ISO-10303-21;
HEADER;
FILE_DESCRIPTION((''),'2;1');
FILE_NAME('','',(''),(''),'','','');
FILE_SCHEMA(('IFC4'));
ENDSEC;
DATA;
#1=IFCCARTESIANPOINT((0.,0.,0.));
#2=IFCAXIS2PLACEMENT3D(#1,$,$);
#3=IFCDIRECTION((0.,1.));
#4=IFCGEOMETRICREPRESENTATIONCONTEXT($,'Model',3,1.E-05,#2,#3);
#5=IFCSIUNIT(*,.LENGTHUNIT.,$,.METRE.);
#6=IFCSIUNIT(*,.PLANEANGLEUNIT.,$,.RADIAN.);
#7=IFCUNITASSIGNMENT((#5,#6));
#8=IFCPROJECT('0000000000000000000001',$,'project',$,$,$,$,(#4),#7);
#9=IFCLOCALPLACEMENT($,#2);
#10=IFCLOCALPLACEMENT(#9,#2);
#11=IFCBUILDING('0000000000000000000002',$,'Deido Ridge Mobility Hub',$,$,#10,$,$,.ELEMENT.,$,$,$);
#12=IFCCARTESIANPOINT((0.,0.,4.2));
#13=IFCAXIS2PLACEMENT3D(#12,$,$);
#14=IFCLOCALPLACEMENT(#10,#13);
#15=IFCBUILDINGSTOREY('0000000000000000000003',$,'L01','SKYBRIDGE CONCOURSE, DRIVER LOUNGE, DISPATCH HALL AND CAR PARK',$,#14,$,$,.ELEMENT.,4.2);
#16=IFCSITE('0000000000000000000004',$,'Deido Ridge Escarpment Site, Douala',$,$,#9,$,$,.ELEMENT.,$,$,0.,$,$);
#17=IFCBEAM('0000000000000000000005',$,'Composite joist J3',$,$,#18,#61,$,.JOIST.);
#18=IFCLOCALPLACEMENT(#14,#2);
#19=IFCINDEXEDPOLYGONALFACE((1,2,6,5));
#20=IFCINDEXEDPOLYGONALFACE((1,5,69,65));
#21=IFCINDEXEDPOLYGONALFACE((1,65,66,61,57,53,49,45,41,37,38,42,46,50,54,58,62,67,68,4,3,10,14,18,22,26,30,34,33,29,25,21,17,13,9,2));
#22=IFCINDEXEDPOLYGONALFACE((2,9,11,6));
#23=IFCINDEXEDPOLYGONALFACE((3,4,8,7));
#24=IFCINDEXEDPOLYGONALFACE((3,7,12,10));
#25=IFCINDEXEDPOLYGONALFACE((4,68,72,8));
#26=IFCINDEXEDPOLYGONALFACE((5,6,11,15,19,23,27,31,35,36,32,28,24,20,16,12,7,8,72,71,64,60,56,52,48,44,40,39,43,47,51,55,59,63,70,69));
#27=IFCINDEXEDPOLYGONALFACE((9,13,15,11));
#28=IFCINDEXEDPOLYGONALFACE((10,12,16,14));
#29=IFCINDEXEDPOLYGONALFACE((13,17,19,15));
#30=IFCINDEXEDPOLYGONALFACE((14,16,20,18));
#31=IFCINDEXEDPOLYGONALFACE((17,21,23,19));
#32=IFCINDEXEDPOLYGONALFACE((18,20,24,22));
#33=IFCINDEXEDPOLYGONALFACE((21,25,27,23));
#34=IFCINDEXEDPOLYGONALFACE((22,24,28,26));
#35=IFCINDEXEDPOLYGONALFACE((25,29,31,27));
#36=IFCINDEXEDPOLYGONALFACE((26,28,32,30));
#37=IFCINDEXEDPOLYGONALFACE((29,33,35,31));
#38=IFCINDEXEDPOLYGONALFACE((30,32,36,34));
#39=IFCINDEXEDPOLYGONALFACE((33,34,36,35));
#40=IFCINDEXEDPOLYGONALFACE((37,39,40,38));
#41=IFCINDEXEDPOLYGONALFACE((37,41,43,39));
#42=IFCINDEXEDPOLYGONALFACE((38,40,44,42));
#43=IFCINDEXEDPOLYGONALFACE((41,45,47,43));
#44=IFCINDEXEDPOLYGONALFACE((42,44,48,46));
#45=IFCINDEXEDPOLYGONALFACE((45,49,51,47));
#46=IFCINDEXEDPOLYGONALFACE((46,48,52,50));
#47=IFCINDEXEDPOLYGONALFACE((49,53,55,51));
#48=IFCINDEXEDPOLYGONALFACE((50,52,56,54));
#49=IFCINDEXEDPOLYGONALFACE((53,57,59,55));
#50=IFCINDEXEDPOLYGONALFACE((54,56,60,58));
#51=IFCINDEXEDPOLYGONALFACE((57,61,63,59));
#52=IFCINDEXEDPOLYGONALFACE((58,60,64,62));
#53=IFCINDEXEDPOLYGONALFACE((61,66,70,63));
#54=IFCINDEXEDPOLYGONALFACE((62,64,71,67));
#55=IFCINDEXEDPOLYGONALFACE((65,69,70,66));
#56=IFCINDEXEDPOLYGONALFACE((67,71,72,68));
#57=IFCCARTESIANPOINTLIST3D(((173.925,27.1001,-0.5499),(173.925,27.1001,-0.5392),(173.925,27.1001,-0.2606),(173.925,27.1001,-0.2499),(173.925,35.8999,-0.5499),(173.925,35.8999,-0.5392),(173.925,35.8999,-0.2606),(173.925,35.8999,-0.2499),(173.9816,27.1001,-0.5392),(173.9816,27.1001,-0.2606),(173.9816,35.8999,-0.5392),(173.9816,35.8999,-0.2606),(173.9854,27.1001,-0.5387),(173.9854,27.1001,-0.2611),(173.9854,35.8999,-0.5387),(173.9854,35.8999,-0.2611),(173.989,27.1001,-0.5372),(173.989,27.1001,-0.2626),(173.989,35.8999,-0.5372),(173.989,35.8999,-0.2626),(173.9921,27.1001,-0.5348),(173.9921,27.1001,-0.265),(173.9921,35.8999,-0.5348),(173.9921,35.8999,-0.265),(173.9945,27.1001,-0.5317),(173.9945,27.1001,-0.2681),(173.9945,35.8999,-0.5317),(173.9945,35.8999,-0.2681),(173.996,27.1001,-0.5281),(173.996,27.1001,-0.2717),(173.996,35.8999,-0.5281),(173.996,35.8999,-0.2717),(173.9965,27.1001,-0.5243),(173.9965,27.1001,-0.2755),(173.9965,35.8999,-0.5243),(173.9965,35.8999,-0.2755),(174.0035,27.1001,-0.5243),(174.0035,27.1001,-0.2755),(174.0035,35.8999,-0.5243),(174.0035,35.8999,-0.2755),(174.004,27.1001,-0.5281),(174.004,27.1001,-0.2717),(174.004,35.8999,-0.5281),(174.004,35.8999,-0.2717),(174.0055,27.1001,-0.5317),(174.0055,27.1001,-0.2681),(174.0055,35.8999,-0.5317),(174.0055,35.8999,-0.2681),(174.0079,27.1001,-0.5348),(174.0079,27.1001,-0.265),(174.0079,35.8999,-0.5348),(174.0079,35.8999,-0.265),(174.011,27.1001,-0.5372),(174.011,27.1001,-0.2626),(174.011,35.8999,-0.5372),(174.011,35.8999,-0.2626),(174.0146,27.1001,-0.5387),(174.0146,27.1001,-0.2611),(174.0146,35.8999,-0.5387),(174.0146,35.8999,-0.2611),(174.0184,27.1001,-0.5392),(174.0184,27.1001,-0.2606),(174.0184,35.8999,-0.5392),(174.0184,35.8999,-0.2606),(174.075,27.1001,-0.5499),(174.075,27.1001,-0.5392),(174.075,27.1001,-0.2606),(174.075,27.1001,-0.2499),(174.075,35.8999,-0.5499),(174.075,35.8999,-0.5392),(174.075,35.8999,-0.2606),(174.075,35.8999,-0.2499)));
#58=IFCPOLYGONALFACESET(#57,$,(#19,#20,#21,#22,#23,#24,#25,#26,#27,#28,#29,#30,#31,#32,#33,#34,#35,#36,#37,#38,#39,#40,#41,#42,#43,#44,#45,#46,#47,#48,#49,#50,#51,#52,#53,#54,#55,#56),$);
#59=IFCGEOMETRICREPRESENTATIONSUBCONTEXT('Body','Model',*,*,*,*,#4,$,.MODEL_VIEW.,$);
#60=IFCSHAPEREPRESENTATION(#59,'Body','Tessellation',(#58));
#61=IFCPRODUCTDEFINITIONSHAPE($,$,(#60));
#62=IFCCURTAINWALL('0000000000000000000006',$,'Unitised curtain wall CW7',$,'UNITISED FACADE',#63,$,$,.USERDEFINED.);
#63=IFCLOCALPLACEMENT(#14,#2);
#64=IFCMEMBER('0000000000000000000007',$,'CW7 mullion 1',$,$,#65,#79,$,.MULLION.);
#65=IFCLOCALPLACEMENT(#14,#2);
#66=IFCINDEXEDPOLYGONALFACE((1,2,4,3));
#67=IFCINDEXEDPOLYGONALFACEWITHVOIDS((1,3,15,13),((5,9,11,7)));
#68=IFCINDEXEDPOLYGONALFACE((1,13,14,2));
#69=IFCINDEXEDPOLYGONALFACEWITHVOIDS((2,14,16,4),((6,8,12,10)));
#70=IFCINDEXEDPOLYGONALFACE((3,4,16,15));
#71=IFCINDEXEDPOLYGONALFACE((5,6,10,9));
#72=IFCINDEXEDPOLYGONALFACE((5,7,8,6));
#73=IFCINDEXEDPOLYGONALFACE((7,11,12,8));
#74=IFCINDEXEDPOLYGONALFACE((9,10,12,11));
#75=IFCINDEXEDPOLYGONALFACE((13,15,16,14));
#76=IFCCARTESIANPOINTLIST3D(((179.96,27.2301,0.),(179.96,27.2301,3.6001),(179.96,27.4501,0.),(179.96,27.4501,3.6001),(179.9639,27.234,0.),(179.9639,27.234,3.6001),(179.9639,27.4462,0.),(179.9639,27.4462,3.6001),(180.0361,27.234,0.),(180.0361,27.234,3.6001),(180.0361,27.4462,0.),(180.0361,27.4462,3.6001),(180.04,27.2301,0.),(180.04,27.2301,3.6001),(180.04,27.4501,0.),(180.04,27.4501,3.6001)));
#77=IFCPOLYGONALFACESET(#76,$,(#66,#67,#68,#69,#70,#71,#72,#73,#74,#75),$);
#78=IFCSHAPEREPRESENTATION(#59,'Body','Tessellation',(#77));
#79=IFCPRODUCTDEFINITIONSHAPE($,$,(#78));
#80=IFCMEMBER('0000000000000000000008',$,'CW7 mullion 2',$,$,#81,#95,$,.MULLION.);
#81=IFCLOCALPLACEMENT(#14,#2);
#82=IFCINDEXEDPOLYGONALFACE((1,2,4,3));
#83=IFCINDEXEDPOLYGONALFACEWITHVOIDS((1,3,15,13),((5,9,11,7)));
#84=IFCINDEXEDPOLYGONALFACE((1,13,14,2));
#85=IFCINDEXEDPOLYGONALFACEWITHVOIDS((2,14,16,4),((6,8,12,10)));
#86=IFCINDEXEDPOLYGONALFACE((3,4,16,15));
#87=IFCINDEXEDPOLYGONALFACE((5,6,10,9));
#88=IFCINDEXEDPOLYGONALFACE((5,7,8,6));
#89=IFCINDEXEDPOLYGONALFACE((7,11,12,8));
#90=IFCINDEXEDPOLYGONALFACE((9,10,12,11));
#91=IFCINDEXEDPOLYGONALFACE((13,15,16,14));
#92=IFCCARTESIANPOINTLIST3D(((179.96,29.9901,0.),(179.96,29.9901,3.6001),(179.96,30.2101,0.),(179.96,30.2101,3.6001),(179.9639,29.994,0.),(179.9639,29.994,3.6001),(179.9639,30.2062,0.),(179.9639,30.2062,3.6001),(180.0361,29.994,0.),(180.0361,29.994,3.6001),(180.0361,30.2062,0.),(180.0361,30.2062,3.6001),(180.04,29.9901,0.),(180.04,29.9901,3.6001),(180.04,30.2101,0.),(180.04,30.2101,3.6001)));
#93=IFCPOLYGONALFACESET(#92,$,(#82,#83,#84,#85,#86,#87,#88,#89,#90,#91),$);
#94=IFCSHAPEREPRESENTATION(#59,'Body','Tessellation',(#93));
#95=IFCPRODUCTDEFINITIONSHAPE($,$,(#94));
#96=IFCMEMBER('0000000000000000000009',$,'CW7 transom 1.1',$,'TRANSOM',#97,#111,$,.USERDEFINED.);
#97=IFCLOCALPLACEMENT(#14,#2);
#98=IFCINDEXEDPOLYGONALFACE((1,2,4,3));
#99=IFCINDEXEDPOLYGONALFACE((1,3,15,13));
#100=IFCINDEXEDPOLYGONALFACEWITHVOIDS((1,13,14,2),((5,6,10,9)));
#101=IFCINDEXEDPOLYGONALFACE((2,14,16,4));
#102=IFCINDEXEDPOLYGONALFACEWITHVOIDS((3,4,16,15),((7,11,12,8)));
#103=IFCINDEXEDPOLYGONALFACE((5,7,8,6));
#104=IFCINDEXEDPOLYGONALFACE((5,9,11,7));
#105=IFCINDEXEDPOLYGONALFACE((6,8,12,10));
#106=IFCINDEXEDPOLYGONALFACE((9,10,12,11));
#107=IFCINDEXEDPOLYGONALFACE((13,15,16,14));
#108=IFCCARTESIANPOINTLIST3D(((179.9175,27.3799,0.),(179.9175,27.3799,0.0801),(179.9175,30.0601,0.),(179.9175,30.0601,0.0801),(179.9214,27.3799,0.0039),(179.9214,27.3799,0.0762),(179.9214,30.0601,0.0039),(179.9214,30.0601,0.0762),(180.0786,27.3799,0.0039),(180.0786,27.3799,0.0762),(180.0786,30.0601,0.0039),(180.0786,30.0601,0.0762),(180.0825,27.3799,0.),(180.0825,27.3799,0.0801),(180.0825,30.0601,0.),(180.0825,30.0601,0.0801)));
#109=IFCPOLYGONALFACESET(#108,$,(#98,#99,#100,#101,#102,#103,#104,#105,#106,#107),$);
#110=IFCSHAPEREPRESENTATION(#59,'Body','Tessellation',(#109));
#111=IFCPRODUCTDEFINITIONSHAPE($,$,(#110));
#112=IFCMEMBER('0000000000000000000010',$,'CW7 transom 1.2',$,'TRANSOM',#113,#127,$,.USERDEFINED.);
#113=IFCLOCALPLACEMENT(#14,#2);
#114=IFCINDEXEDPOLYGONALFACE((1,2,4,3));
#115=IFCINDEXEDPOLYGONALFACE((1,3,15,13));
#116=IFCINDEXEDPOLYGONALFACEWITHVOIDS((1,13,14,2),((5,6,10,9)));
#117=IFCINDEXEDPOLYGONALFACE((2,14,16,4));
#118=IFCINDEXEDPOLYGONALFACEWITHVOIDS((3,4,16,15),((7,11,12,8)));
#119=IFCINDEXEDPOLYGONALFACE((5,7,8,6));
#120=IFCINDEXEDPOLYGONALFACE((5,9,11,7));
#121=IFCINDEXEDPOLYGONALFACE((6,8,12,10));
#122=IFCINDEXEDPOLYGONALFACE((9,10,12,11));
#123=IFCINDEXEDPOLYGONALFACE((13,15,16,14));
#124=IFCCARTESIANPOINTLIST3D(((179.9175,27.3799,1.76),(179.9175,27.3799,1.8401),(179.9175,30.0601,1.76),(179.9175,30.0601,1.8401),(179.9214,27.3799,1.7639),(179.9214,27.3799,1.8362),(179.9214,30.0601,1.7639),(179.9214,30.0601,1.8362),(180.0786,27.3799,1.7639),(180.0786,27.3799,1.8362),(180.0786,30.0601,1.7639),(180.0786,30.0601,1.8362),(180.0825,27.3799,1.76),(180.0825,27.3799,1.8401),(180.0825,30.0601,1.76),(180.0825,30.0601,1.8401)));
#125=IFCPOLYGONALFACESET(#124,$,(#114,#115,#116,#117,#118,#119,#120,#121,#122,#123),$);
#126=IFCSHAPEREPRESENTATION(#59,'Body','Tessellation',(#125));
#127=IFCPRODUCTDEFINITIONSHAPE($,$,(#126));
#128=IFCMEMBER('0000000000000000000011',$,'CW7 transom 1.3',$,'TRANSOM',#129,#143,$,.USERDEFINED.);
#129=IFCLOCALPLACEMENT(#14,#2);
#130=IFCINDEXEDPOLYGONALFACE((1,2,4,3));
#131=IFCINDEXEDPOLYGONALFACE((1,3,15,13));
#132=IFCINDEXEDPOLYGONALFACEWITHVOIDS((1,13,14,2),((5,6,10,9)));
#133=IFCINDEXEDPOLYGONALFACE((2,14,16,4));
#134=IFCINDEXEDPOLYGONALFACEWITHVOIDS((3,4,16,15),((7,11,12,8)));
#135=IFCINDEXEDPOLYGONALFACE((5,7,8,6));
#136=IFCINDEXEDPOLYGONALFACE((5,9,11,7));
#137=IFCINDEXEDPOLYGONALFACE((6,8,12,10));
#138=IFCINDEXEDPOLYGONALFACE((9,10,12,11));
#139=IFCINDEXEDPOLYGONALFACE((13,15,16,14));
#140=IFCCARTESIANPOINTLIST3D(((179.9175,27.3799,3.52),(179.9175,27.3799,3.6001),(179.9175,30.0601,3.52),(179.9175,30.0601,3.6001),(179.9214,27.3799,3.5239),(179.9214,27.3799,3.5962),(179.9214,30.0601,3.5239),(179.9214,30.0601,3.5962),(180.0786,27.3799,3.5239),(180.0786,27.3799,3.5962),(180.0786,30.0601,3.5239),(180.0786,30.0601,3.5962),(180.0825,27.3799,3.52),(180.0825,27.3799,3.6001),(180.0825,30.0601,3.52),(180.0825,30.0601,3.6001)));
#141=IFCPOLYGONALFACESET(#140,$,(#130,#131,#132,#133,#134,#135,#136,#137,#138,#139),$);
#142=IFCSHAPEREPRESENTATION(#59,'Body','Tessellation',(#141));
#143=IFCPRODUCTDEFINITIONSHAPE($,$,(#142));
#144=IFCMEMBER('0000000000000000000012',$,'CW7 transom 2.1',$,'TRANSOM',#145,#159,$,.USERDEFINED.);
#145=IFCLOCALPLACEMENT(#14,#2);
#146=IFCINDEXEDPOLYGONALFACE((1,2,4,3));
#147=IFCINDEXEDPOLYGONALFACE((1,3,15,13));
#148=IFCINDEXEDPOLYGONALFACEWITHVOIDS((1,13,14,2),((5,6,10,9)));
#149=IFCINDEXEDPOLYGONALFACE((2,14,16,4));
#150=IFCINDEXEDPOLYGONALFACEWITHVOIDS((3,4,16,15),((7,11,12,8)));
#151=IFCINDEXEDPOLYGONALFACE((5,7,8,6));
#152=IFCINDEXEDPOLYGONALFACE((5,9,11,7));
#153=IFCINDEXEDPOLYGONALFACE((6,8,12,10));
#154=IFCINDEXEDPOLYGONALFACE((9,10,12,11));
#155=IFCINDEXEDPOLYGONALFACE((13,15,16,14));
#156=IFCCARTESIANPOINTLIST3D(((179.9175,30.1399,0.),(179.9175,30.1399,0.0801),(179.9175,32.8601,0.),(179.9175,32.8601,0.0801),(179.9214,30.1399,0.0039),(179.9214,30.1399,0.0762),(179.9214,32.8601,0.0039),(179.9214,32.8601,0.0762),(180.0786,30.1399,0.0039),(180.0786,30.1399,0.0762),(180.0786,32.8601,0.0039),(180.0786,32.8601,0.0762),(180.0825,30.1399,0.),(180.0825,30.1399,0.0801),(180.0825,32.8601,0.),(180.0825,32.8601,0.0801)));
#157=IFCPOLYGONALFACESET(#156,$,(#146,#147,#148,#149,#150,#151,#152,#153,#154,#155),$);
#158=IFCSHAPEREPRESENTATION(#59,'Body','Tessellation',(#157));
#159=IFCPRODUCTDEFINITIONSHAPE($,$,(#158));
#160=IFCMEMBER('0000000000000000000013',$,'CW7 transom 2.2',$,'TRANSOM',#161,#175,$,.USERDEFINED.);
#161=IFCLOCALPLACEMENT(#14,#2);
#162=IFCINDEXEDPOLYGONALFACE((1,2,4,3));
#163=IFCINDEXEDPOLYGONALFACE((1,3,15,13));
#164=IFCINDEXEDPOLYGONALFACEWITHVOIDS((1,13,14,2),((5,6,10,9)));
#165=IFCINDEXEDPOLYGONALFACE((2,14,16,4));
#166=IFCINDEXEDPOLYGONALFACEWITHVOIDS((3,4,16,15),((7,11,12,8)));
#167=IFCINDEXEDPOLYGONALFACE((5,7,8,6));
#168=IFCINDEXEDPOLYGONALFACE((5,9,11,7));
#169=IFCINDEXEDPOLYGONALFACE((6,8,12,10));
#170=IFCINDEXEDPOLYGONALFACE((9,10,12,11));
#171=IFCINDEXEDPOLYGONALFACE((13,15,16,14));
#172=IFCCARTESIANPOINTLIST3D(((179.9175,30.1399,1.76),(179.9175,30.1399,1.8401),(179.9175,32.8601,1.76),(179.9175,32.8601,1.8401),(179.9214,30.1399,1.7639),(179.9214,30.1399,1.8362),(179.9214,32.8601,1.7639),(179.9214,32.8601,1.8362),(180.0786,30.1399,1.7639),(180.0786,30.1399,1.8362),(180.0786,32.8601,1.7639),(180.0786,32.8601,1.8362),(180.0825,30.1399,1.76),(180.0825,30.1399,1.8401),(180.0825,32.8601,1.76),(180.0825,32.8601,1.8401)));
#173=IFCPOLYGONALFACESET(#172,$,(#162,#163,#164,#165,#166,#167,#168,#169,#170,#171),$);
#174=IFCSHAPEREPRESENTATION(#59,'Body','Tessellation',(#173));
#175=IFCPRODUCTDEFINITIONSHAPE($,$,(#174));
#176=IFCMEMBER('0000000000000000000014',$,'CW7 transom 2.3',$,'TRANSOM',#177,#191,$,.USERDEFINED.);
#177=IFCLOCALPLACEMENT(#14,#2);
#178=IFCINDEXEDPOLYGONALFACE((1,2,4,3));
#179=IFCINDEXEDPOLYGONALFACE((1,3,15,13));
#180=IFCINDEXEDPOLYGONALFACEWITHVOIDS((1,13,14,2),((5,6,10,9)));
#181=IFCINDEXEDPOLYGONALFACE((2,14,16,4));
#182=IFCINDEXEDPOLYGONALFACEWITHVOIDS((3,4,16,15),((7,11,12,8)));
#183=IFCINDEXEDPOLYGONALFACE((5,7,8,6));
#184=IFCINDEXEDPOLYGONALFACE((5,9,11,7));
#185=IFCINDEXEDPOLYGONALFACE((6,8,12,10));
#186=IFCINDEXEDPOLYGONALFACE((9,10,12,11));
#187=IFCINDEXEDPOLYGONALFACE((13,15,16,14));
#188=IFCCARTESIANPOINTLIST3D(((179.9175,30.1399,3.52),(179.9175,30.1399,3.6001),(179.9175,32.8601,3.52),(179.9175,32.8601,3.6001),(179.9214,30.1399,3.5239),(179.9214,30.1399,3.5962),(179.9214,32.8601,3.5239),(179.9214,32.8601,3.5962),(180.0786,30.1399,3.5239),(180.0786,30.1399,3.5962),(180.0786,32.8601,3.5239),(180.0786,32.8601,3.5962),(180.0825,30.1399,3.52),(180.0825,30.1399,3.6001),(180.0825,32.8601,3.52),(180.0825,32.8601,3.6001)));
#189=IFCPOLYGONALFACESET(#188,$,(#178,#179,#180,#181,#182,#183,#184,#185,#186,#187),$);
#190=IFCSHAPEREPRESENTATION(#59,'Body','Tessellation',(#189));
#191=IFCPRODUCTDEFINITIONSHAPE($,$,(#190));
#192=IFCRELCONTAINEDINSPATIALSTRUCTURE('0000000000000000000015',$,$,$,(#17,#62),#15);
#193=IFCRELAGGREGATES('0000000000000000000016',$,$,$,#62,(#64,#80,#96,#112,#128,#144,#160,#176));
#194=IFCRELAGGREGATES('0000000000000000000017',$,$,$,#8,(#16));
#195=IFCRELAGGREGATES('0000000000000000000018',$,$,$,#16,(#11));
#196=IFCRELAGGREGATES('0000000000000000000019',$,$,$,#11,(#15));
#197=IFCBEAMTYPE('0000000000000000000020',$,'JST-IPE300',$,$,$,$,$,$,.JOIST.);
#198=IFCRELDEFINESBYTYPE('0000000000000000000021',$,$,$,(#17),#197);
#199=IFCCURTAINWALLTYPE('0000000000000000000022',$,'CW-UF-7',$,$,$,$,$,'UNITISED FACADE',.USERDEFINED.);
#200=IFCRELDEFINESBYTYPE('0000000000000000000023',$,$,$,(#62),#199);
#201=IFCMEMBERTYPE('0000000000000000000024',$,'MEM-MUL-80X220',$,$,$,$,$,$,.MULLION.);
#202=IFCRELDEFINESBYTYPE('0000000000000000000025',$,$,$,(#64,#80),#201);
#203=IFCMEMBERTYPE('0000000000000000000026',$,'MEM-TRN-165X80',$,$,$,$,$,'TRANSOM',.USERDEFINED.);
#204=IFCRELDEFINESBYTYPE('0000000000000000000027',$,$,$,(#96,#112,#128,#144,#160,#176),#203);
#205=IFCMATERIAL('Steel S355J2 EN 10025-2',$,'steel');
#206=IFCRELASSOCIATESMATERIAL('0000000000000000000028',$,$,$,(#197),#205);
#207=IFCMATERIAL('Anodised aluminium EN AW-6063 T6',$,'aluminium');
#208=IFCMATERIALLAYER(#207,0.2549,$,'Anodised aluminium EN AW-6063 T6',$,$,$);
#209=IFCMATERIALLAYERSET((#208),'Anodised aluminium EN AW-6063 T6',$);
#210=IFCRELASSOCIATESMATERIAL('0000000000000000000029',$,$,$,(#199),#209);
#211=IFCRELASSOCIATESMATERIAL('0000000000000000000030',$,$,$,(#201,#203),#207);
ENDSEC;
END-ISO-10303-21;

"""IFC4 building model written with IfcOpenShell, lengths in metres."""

from ifc_helpers import new_model, si_unit, direction, frame, origin, origin_2d, place, context, subcontext, project, spatial, hollow_rectangle, i_section, extrude, material, layer, layer_set, material_profile, profile_set, type_object, element, aggregate, save


model = new_model("IFC4")

# Units and contexts
model_context = context("Model", 3, precision=1e-05, world=origin(), true_north=direction((0.0, 1.0)))
body_context = subcontext(model_context, "Body", "Model", "MODEL_VIEW")
ifc_project = project(units=[si_unit("LENGTHUNIT", "METRE"), si_unit("PLANEANGLEUNIT", "RADIAN")], contexts=[model_context])

# Site, building, storey
site_placement = place(None, origin())
site = spatial("IfcSite", under=ifc_project, at=site_placement, Name="Deido Ridge Escarpment Site, Douala", CompositionType="ELEMENT", RefElevation=0.0)
building_placement = place(site_placement, origin())
building = spatial("IfcBuilding", under=site, at=building_placement, Name="Deido Ridge Mobility Hub", CompositionType="ELEMENT")
storey_placement = place(building_placement, frame((0.0, 0.0, 4.2)))
storey = spatial("IfcBuildingStorey", under=building, at=storey_placement, Name="L01", Description="SKYBRIDGE CONCOURSE, DRIVER LOUNGE, DISPATCH HALL AND CAR PARK", CompositionType="ELEMENT", Elevation=4.2)

# Shared definitions
ifc_material_1 = material(Name="Steel S355J2 EN 10025-2", Category="steel")

# Beam
ifc_material_profile_1 = material_profile(ifc_material_1, i_section(OverallWidth=0.1499, OverallDepth=0.3, WebThickness=0.0071, FlangeThickness=0.0107, FilletRadius=0.0149, at=origin_2d()), Name="IPE 300")
ifc_profile_set_1 = profile_set([ifc_material_profile_1], Name="Steel S355J2 EN 10025-2")
beam_type_1 = type_object("IfcBeamType", Name="JST-IPE300", PredefinedType="JOIST", material=ifc_profile_set_1)
beam_1_placement = place(storey_placement, frame((174.0, 27.1001, -0.3999), z_axis=(0.0, 1.0, 0.0), x_axis=(-1.0, 0.0, 0.0)))
element("IfcBeam", 1, at=beam_1_placement, inside=storey, type_object=beam_type_1, Name="Composite joist J3", PredefinedType="JOIST", context=body_context, shape_type="SweptSolid", body=[
    extrude(i_section(OverallWidth=0.1499, OverallDepth=0.3, WebThickness=0.0071, FlangeThickness=0.0107, FilletRadius=0.0149, at=origin_2d()), origin(), (0.0, 0.0, 1.0), 8.7998),
])

# Curtain wall, members
ifc_material_2 = material(Name="Anodised aluminium EN AW-6063 T6", Category="aluminium")
ifc_layer_1 = layer(ifc_material_2, 0.2549, Name="Anodised aluminium EN AW-6063 T6")
ifc_layer_set_1 = layer_set([ifc_layer_1], Name="Anodised aluminium EN AW-6063 T6")
curtain_wall_type = type_object("IfcCurtainWallType", Name="CW-UF-7", ElementType="UNITISED FACADE", PredefinedType="USERDEFINED", material=ifc_layer_set_1)
curtain_wall_placement = place(storey_placement, origin())
curtain_wall = element("IfcCurtainWall", 2, at=curtain_wall_placement, inside=storey, type_object=curtain_wall_type, Name="Unitised curtain wall CW7", ObjectType="UNITISED FACADE", PredefinedType="USERDEFINED")
ifc_material_profile_2 = material_profile(ifc_material_2, hollow_rectangle(XDim=0.0801, YDim=0.22, WallThickness=0.0039, at=origin_2d()), Name="RHS 80x220x4")
ifc_profile_set_2 = profile_set([ifc_material_profile_2], Name="Anodised aluminium EN AW-6063 T6")
member_type_1 = type_object("IfcMemberType", Name="MEM-MUL-80X220", PredefinedType="MULLION", material=ifc_profile_set_2)
member_1_placement = place(storey_placement, frame((180.0, 27.3401, 0.0), z_axis=(0.0, 0.0, 1.0), x_axis=(-1.0, 0.0, 0.0)))
member_1 = element("IfcMember", 3, at=member_1_placement, type_object=member_type_1, Name="CW7 mullion 1", PredefinedType="MULLION", context=body_context, shape_type="SweptSolid", body=[
    extrude(hollow_rectangle(XDim=0.0801, YDim=0.22, WallThickness=0.0039, at=origin_2d()), origin(), (0.0, 0.0, 1.0), 3.6001),
])
member_2_placement = place(storey_placement, frame((180.0, 30.1001, 0.0), z_axis=(0.0, 0.0, 1.0), x_axis=(-1.0, 0.0, 0.0)))
member_2 = element("IfcMember", 4, at=member_2_placement, type_object=member_type_1, Name="CW7 mullion 2", PredefinedType="MULLION", context=body_context, shape_type="SweptSolid", body=[
    extrude(hollow_rectangle(XDim=0.0801, YDim=0.22, WallThickness=0.0039, at=origin_2d()), origin(), (0.0, 0.0, 1.0), 3.6001),
])
ifc_material_profile_3 = material_profile(ifc_material_2, hollow_rectangle(XDim=0.165, YDim=0.0801, WallThickness=0.0039, at=origin_2d()), Name="RHS 165x80x4")
ifc_profile_set_3 = profile_set([ifc_material_profile_3], Name="Anodised aluminium EN AW-6063 T6")
member_type_2 = type_object("IfcMemberType", Name="MEM-TRN-165X80", ElementType="TRANSOM", PredefinedType="USERDEFINED", material=ifc_profile_set_3)
member_3_placement = place(storey_placement, frame((180.0, 27.3799, 0.04), z_axis=(0.0, 1.0, 0.0), x_axis=(-1.0, 0.0, 0.0)))
member_3 = element("IfcMember", 5, at=member_3_placement, type_object=member_type_2, Name="CW7 transom 1.1", ObjectType="TRANSOM", PredefinedType="USERDEFINED", context=body_context, shape_type="SweptSolid", body=[
    extrude(hollow_rectangle(XDim=0.165, YDim=0.0801, WallThickness=0.0039, at=origin_2d()), origin(), (0.0, 0.0, 1.0), 2.6802),
])
member_4_placement = place(storey_placement, frame((180.0, 27.3799, 1.8), z_axis=(0.0, 1.0, 0.0), x_axis=(-1.0, 0.0, 0.0)))
member_4 = element("IfcMember", 6, at=member_4_placement, type_object=member_type_2, Name="CW7 transom 1.2", ObjectType="TRANSOM", PredefinedType="USERDEFINED", context=body_context, shape_type="SweptSolid", body=[
    extrude(hollow_rectangle(XDim=0.165, YDim=0.0801, WallThickness=0.0039, at=origin_2d()), origin(), (0.0, 0.0, 1.0), 2.6802),
])
member_5_placement = place(storey_placement, frame((180.0, 27.3799, 3.5601), z_axis=(0.0, 1.0, 0.0), x_axis=(-1.0, 0.0, 0.0)))
member_5 = element("IfcMember", 7, at=member_5_placement, type_object=member_type_2, Name="CW7 transom 1.3", ObjectType="TRANSOM", PredefinedType="USERDEFINED", context=body_context, shape_type="SweptSolid", body=[
    extrude(hollow_rectangle(XDim=0.165, YDim=0.0801, WallThickness=0.0039, at=origin_2d()), origin(), (0.0, 0.0, 1.0), 2.6802),
])
member_6_placement = place(storey_placement, frame((180.0, 30.1399, 0.04), z_axis=(0.0, 1.0, 0.0), x_axis=(-1.0, 0.0, 0.0)))
member_6 = element("IfcMember", 8, at=member_6_placement, type_object=member_type_2, Name="CW7 transom 2.1", ObjectType="TRANSOM", PredefinedType="USERDEFINED", context=body_context, shape_type="SweptSolid", body=[
    extrude(hollow_rectangle(XDim=0.165, YDim=0.0801, WallThickness=0.0039, at=origin_2d()), origin(), (0.0, 0.0, 1.0), 2.7202),
])
member_7_placement = place(storey_placement, frame((180.0, 30.1399, 1.8), z_axis=(0.0, 1.0, 0.0), x_axis=(-1.0, 0.0, 0.0)))
member_7 = element("IfcMember", 9, at=member_7_placement, type_object=member_type_2, Name="CW7 transom 2.2", ObjectType="TRANSOM", PredefinedType="USERDEFINED", context=body_context, shape_type="SweptSolid", body=[
    extrude(hollow_rectangle(XDim=0.165, YDim=0.0801, WallThickness=0.0039, at=origin_2d()), origin(), (0.0, 0.0, 1.0), 2.7202),
])
member_8_placement = place(storey_placement, frame((180.0, 30.1399, 3.5601), z_axis=(0.0, 1.0, 0.0), x_axis=(-1.0, 0.0, 0.0)))
member_8 = element("IfcMember", 10, at=member_8_placement, type_object=member_type_2, Name="CW7 transom 2.3", ObjectType="TRANSOM", PredefinedType="USERDEFINED", context=body_context, shape_type="SweptSolid", body=[
    extrude(hollow_rectangle(XDim=0.165, YDim=0.0801, WallThickness=0.0039, at=origin_2d()), origin(), (0.0, 0.0, 1.0), 2.7202),
])

aggregate(curtain_wall, [member_1, member_2, member_3, member_4, member_5, member_6, member_7, member_8])

save(model, "model.ifc")
